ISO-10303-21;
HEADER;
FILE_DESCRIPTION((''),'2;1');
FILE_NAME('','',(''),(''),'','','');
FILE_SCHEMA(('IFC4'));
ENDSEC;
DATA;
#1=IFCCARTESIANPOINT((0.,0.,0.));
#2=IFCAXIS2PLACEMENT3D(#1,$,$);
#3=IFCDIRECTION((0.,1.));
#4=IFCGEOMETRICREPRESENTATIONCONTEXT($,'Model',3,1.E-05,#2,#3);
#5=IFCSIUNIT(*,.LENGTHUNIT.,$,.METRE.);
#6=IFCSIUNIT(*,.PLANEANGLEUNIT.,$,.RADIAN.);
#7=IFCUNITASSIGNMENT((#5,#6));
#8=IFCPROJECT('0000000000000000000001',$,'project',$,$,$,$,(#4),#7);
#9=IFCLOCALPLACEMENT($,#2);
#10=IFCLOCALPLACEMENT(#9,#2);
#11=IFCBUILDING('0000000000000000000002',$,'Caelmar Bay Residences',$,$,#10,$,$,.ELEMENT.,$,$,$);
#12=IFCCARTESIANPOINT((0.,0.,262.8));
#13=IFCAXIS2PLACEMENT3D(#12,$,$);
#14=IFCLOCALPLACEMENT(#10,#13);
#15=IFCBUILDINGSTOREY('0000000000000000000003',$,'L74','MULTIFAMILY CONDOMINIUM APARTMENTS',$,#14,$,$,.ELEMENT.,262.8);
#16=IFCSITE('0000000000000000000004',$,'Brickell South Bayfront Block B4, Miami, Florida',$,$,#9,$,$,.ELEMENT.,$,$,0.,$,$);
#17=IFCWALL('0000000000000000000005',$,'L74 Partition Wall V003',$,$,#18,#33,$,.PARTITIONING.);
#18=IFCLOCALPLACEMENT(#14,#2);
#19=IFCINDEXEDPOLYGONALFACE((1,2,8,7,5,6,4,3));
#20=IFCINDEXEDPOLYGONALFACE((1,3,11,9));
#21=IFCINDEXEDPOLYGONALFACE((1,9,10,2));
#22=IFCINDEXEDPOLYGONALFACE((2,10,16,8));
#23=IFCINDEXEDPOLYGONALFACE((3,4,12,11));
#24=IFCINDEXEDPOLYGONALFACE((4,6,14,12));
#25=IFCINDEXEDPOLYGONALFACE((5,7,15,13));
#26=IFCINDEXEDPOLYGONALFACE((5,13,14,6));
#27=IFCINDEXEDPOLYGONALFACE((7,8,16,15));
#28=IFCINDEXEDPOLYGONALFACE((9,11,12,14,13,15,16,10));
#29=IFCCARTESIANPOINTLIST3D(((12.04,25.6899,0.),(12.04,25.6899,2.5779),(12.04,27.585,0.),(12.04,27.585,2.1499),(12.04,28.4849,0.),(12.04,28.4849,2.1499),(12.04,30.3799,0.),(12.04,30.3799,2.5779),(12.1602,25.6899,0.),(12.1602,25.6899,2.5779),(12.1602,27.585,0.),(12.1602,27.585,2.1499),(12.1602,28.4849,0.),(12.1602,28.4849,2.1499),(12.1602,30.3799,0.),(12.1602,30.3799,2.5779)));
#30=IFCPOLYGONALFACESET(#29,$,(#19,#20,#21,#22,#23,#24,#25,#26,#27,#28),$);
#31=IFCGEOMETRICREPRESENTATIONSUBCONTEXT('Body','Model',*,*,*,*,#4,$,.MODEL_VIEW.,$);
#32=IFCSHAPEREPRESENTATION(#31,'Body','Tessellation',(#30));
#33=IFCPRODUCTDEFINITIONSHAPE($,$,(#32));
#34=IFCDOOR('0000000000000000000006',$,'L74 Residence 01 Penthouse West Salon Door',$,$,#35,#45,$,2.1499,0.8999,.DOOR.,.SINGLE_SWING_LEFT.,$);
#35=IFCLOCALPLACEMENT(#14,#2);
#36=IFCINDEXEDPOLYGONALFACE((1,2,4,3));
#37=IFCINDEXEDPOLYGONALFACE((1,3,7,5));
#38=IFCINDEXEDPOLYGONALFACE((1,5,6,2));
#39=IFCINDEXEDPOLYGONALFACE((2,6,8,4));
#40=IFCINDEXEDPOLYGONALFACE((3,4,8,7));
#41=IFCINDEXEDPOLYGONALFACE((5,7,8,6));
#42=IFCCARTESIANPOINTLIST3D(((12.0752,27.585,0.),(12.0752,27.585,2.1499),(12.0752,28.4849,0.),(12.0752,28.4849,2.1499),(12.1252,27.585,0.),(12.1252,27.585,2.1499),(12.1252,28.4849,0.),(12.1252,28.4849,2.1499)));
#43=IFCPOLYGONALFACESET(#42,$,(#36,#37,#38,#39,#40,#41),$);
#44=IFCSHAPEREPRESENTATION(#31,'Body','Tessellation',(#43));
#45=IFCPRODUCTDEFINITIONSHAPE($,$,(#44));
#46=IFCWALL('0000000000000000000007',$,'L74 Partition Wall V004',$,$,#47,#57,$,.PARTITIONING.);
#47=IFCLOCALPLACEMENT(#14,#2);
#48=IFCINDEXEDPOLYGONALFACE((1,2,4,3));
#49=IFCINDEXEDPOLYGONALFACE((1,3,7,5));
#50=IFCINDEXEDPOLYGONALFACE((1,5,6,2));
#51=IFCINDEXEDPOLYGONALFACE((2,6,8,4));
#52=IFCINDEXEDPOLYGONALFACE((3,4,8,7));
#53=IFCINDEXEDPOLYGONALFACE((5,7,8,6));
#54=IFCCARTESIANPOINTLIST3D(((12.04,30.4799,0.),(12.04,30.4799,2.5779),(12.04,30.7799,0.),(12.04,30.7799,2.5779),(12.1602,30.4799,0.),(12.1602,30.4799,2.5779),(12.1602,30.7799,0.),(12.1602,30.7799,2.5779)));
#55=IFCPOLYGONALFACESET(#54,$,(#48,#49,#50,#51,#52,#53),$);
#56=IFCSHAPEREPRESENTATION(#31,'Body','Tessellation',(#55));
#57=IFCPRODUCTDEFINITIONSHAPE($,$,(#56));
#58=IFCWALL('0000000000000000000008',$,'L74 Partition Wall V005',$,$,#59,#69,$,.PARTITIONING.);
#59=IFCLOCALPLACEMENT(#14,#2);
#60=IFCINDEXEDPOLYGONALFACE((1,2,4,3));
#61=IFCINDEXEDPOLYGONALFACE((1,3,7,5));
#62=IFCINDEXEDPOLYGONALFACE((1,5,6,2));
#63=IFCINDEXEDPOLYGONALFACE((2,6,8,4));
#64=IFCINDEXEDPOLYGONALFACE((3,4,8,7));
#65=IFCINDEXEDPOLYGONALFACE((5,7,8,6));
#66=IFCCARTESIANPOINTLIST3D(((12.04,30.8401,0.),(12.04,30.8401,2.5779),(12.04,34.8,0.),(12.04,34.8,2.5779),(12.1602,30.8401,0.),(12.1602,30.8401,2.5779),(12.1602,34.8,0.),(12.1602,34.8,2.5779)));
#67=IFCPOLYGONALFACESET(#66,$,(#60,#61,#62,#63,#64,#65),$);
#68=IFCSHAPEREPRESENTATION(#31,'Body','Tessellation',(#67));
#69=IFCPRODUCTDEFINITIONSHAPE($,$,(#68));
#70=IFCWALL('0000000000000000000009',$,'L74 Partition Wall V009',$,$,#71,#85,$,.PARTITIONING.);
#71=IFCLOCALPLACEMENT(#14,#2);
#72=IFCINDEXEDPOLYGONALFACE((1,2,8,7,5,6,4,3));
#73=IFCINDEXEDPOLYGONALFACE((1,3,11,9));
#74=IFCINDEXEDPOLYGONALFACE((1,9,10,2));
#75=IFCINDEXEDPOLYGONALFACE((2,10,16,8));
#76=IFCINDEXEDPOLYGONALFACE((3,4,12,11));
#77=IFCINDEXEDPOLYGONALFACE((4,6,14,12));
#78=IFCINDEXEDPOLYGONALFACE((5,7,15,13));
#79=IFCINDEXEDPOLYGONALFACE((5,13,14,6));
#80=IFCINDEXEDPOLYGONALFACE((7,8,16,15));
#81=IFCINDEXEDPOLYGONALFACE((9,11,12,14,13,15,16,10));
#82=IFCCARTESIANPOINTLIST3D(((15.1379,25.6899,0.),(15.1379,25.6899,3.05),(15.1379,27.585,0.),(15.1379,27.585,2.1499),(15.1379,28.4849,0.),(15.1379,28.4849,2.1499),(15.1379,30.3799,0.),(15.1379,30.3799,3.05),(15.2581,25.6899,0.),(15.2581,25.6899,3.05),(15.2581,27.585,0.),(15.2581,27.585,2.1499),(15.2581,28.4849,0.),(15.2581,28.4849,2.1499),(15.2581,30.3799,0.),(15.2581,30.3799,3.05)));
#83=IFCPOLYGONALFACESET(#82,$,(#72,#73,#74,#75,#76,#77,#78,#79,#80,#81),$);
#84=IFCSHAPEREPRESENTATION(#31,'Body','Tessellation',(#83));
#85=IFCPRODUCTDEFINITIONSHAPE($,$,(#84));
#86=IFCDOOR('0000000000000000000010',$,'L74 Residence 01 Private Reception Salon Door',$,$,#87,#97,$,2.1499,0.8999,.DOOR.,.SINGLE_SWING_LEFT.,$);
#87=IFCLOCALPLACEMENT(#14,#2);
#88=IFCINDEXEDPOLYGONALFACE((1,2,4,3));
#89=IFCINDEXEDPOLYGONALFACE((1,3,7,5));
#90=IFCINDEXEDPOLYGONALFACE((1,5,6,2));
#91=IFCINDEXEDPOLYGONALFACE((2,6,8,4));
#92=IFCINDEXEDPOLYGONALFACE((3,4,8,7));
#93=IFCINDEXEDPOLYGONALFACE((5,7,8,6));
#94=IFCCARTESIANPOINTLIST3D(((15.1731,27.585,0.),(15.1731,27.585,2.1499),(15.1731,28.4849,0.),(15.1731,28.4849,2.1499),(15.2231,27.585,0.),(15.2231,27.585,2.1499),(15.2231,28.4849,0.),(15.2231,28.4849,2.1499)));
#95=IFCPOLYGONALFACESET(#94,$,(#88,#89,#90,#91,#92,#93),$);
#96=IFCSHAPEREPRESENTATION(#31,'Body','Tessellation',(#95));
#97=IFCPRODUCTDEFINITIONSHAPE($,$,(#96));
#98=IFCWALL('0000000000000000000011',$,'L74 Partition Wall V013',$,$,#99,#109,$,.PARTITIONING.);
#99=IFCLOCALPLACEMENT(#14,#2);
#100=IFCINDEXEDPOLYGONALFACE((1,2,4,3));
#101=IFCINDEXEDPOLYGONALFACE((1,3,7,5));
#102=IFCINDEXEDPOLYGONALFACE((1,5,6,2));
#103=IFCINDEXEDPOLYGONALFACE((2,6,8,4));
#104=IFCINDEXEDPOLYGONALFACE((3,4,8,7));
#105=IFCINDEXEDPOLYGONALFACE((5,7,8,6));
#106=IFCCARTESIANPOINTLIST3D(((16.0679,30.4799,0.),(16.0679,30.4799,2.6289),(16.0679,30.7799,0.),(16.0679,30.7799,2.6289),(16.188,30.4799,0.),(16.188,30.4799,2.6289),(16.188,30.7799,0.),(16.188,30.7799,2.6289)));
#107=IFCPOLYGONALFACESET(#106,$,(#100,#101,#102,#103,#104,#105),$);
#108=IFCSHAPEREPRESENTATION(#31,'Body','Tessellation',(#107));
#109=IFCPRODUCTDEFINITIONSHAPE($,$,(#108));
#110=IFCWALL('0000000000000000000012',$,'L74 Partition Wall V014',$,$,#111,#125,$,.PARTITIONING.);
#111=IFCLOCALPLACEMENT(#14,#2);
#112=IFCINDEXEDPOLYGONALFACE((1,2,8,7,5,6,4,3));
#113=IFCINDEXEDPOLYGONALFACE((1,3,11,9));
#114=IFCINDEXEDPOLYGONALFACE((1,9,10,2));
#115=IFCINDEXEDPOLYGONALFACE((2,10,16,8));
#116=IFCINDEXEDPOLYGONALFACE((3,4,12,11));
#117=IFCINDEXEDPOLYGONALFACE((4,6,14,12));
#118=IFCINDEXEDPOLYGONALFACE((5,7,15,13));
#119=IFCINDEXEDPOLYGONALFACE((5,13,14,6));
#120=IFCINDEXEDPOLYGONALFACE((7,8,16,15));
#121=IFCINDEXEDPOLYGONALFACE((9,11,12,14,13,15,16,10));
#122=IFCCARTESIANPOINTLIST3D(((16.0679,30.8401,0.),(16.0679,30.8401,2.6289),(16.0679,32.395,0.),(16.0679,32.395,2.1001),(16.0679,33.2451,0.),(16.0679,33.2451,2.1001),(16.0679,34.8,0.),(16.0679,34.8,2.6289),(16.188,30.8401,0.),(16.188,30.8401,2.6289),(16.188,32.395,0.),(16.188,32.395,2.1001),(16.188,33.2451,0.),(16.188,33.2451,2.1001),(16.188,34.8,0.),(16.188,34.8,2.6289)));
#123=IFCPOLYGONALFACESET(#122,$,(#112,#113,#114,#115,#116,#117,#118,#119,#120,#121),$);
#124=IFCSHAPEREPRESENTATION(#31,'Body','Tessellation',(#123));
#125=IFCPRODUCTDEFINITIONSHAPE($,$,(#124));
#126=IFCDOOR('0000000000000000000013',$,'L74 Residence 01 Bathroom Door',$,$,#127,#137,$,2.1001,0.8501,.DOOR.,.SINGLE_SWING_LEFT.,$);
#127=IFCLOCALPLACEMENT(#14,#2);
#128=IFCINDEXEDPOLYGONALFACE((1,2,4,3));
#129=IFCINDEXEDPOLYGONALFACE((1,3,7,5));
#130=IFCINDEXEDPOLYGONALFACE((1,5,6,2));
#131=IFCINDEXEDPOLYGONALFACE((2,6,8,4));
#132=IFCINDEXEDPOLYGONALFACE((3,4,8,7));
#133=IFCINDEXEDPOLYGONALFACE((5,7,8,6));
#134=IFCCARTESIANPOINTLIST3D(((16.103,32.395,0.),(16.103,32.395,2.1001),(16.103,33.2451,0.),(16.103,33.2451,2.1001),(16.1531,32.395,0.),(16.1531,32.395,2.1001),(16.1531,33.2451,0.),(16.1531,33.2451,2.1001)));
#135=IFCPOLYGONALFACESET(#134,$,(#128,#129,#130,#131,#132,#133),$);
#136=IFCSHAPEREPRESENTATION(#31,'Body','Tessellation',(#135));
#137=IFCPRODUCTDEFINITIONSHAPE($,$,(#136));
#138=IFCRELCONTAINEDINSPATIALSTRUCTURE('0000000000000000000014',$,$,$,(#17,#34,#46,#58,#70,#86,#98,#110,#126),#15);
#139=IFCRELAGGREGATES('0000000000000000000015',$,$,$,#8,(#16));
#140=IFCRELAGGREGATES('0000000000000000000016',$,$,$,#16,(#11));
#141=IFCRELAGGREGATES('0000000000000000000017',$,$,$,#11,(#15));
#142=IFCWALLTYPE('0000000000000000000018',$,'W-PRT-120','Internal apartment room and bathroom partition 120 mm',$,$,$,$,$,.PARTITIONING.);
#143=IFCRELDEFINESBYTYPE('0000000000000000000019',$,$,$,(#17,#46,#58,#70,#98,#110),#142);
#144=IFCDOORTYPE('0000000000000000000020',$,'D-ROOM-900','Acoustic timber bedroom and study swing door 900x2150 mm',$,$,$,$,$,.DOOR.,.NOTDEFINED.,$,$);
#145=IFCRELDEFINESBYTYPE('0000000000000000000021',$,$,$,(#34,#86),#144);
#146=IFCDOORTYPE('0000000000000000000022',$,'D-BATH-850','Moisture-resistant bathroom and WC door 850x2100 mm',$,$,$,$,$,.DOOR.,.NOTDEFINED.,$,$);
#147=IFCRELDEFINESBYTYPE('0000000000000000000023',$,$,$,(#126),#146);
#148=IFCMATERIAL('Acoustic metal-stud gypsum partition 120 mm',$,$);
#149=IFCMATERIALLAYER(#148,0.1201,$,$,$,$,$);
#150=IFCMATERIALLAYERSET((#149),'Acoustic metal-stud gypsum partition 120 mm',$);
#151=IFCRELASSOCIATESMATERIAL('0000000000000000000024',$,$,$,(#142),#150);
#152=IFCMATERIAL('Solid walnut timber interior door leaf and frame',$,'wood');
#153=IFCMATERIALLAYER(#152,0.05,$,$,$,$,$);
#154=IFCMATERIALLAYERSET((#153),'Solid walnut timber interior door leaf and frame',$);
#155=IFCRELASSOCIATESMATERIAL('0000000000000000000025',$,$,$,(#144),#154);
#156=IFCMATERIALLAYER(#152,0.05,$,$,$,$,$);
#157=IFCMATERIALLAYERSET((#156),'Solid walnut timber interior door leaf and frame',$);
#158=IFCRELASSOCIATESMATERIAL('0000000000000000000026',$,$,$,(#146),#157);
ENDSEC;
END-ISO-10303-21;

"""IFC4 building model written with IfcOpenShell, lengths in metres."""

from ifc_helpers import new_model, si_unit, direction, frame, frame_2d, origin, place, context, subcontext, project, spatial, rectangle, extrude, material, layer, layer_set, type_object, element, fill, save


model = new_model("IFC4")

# Units and contexts
model_context = context("Model", 3, precision=1e-05, world=origin(), true_north=direction((0.0, 1.0)))
body_context = subcontext(model_context, "Body", "Model", "MODEL_VIEW")
ifc_project = project(units=[si_unit("LENGTHUNIT", "METRE"), si_unit("PLANEANGLEUNIT", "RADIAN")], contexts=[model_context])

# Site, building, storey
site_placement = place(None, origin())
site = spatial("IfcSite", under=ifc_project, at=site_placement, Name="Brickell South Bayfront Block B4, Miami, Florida", CompositionType="ELEMENT", RefElevation=0.0)
building_placement = place(site_placement, origin())
building = spatial("IfcBuilding", under=site, at=building_placement, Name="Caelmar Bay Residences", CompositionType="ELEMENT")
storey_placement = place(building_placement, frame((0.0, 0.0, 262.8)))
storey = spatial("IfcBuildingStorey", under=building, at=storey_placement, Name="L74", Description="MULTIFAMILY CONDOMINIUM APARTMENTS", CompositionType="ELEMENT", Elevation=262.8)

# Wall, opening, door
ifc_material_1 = material(Name="Acoustic metal-stud gypsum partition 120 mm")
ifc_layer_1 = layer(ifc_material_1, 0.1201)
ifc_layer_set_1 = layer_set([ifc_layer_1], Name="Acoustic metal-stud gypsum partition 120 mm")
wall_type_1 = type_object("IfcWallType", Name="W-PRT-120", Description="Internal apartment room and bathroom partition 120 mm", PredefinedType="PARTITIONING", material=ifc_layer_set_1)
wall_1_placement = place(storey_placement, frame((12.1001, 25.6899, 0.0), z_axis=(0.0, 0.0, 1.0), x_axis=(0.0, 1.0, 0.0)))
wall_1 = element("IfcWall", 1, at=wall_1_placement, inside=storey, type_object=wall_type_1, Name="L74 Partition Wall V003", PredefinedType="PARTITIONING", context=body_context, shape_type="SweptSolid", body=[
    extrude(rectangle(XDim=4.6899, YDim=0.1201, at=frame_2d((2.345, 0.0))), origin(), (0.0, 0.0, 1.0), 2.5779),
])
opening_1_placement = place(wall_1_placement, frame((1.895, 0.0, 0.0)))
opening_1 = element("IfcOpeningElement", 2, at=opening_1_placement, cuts=wall_1, PredefinedType="OPENING", context=body_context, shape_type="SweptSolid", body=[
    extrude(rectangle(XDim=0.8999, YDim=2.1499, at=frame_2d((0.45, 1.075))), frame((0.0, 0.0701, 0.0), z_axis=(0.0, -1.0, 0.0), x_axis=(1.0, 0.0, 0.0)), (0.0, 0.0, 1.0), 0.1401),
])
ifc_material_2 = material(Name="Solid walnut timber interior door leaf and frame", Category="wood")
ifc_layer_2 = layer(ifc_material_2, 0.05)
ifc_layer_set_2 = layer_set([ifc_layer_2], Name="Solid walnut timber interior door leaf and frame")
door_type_1 = type_object("IfcDoorType", Name="D-ROOM-900", Description="Acoustic timber bedroom and study swing door 900x2150 mm", OperationType="NOTDEFINED", PredefinedType="DOOR", material=ifc_layer_set_2)
door_1_placement = place(opening_1_placement, origin())
door_1 = element("IfcDoor", 3, at=door_1_placement, inside=storey, type_object=door_type_1, Name="L74 Residence 01 Penthouse West Salon Door", OperationType="SINGLE_SWING_LEFT", OverallHeight=2.1499, OverallWidth=0.8999, PredefinedType="DOOR", context=body_context, shape_type="SweptSolid", body=[
    extrude(rectangle(XDim=0.8999, YDim=2.1499, at=frame_2d((0.45, 1.075))), frame((0.0, 0.0249, 0.0), z_axis=(0.0, -1.0, 0.0), x_axis=(1.0, 0.0, 0.0)), (0.0, 0.0, 1.0), 0.05),
])
fill(opening_1, door_1)

# Walls
wall_2_placement = place(storey_placement, frame((12.1001, 30.48, 0.0), z_axis=(0.0, 0.0, 1.0), x_axis=(0.0, 1.0, 0.0)))
element("IfcWall", 4, at=wall_2_placement, inside=storey, type_object=wall_type_1, Name="L74 Partition Wall V004", PredefinedType="PARTITIONING", context=body_context, shape_type="SweptSolid", body=[
    extrude(rectangle(XDim=0.3, YDim=0.1201, at=frame_2d((0.1499, 0.0))), origin(), (0.0, 0.0, 1.0), 2.5779),
])
wall_3_placement = place(storey_placement, frame((12.1001, 30.8401, 0.0), z_axis=(0.0, 0.0, 1.0), x_axis=(0.0, 1.0, 0.0)))
element("IfcWall", 5, at=wall_3_placement, inside=storey, type_object=wall_type_1, Name="L74 Partition Wall V005", PredefinedType="PARTITIONING", context=body_context, shape_type="SweptSolid", body=[
    extrude(rectangle(XDim=3.96, YDim=0.1201, at=frame_2d((1.98, 0.0))), origin(), (0.0, 0.0, 1.0), 2.5779),
])

# Wall, opening, door
wall_4_placement = place(storey_placement, frame((15.198, 25.6899, 0.0), z_axis=(0.0, 0.0, 1.0), x_axis=(0.0, 1.0, 0.0)))
wall_4 = element("IfcWall", 6, at=wall_4_placement, inside=storey, type_object=wall_type_1, Name="L74 Partition Wall V009", PredefinedType="PARTITIONING", context=body_context, shape_type="SweptSolid", body=[
    extrude(rectangle(XDim=4.6899, YDim=0.1201, at=frame_2d((2.345, 0.0))), origin(), (0.0, 0.0, 1.0), 3.05),
])
opening_2_placement = place(wall_4_placement, frame((1.895, 0.0, 0.0)))
opening_2 = element("IfcOpeningElement", 7, at=opening_2_placement, cuts=wall_4, PredefinedType="OPENING", context=body_context, shape_type="SweptSolid", body=[
    extrude(rectangle(XDim=0.8999, YDim=2.1499, at=frame_2d((0.45, 1.075))), frame((0.0, 0.0701, 0.0), z_axis=(0.0, -1.0, 0.0), x_axis=(1.0, 0.0, 0.0)), (0.0, 0.0, 1.0), 0.1401),
])
door_2_placement = place(opening_2_placement, origin())
door_2 = element("IfcDoor", 8, at=door_2_placement, inside=storey, type_object=door_type_1, Name="L74 Residence 01 Private Reception Salon Door", OperationType="SINGLE_SWING_LEFT", OverallHeight=2.1499, OverallWidth=0.8999, PredefinedType="DOOR", context=body_context, shape_type="SweptSolid", body=[
    extrude(rectangle(XDim=0.8999, YDim=2.1499, at=frame_2d((0.45, 1.075))), frame((0.0, 0.0249, 0.0), z_axis=(0.0, -1.0, 0.0), x_axis=(1.0, 0.0, 0.0)), (0.0, 0.0, 1.0), 0.05),
])
fill(opening_2, door_2)

# Wall
wall_5_placement = place(storey_placement, frame((16.1279, 30.48, 0.0), z_axis=(0.0, 0.0, 1.0), x_axis=(0.0, 1.0, 0.0)))
element("IfcWall", 9, at=wall_5_placement, inside=storey, type_object=wall_type_1, Name="L74 Partition Wall V013", PredefinedType="PARTITIONING", context=body_context, shape_type="SweptSolid", body=[
    extrude(rectangle(XDim=0.3, YDim=0.1201, at=frame_2d((0.1499, 0.0))), origin(), (0.0, 0.0, 1.0), 2.6289),
])

# Wall, opening, door
wall_6_placement = place(storey_placement, frame((16.1279, 30.8401, 0.0), z_axis=(0.0, 0.0, 1.0), x_axis=(0.0, 1.0, 0.0)))
wall_6 = element("IfcWall", 10, at=wall_6_placement, inside=storey, type_object=wall_type_1, Name="L74 Partition Wall V014", PredefinedType="PARTITIONING", context=body_context, shape_type="SweptSolid", body=[
    extrude(rectangle(XDim=3.96, YDim=0.1201, at=frame_2d((1.98, 0.0))), origin(), (0.0, 0.0, 1.0), 2.6289),
])
opening_3_placement = place(wall_6_placement, frame((1.5549, 0.0, 0.0)))
opening_3 = element("IfcOpeningElement", 11, at=opening_3_placement, cuts=wall_6, PredefinedType="OPENING", context=body_context, shape_type="SweptSolid", body=[
    extrude(rectangle(XDim=0.8501, YDim=2.1001, at=frame_2d((0.425, 1.05))), frame((0.0, 0.0701, 0.0), z_axis=(0.0, -1.0, 0.0), x_axis=(1.0, 0.0, 0.0)), (0.0, 0.0, 1.0), 0.1401),
])
ifc_layer_3 = layer(ifc_material_2, 0.05)
ifc_layer_set_3 = layer_set([ifc_layer_3], Name="Solid walnut timber interior door leaf and frame")
door_type_2 = type_object("IfcDoorType", Name="D-BATH-850", Description="Moisture-resistant bathroom and WC door 850x2100 mm", OperationType="NOTDEFINED", PredefinedType="DOOR", material=ifc_layer_set_3)
door_3_placement = place(opening_3_placement, origin())
door_3 = element("IfcDoor", 12, at=door_3_placement, inside=storey, type_object=door_type_2, Name="L74 Residence 01 Bathroom Door", OperationType="SINGLE_SWING_LEFT", OverallHeight=2.1001, OverallWidth=0.8501, PredefinedType="DOOR", context=body_context, shape_type="SweptSolid", body=[
    extrude(rectangle(XDim=0.8501, YDim=2.1001, at=frame_2d((0.425, 1.05))), frame((0.0, 0.0249, 0.0), z_axis=(0.0, -1.0, 0.0), x_axis=(1.0, 0.0, 0.0)), (0.0, 0.0, 1.0), 0.05),
])
fill(opening_3, door_3)

save(model, "model.ifc")
